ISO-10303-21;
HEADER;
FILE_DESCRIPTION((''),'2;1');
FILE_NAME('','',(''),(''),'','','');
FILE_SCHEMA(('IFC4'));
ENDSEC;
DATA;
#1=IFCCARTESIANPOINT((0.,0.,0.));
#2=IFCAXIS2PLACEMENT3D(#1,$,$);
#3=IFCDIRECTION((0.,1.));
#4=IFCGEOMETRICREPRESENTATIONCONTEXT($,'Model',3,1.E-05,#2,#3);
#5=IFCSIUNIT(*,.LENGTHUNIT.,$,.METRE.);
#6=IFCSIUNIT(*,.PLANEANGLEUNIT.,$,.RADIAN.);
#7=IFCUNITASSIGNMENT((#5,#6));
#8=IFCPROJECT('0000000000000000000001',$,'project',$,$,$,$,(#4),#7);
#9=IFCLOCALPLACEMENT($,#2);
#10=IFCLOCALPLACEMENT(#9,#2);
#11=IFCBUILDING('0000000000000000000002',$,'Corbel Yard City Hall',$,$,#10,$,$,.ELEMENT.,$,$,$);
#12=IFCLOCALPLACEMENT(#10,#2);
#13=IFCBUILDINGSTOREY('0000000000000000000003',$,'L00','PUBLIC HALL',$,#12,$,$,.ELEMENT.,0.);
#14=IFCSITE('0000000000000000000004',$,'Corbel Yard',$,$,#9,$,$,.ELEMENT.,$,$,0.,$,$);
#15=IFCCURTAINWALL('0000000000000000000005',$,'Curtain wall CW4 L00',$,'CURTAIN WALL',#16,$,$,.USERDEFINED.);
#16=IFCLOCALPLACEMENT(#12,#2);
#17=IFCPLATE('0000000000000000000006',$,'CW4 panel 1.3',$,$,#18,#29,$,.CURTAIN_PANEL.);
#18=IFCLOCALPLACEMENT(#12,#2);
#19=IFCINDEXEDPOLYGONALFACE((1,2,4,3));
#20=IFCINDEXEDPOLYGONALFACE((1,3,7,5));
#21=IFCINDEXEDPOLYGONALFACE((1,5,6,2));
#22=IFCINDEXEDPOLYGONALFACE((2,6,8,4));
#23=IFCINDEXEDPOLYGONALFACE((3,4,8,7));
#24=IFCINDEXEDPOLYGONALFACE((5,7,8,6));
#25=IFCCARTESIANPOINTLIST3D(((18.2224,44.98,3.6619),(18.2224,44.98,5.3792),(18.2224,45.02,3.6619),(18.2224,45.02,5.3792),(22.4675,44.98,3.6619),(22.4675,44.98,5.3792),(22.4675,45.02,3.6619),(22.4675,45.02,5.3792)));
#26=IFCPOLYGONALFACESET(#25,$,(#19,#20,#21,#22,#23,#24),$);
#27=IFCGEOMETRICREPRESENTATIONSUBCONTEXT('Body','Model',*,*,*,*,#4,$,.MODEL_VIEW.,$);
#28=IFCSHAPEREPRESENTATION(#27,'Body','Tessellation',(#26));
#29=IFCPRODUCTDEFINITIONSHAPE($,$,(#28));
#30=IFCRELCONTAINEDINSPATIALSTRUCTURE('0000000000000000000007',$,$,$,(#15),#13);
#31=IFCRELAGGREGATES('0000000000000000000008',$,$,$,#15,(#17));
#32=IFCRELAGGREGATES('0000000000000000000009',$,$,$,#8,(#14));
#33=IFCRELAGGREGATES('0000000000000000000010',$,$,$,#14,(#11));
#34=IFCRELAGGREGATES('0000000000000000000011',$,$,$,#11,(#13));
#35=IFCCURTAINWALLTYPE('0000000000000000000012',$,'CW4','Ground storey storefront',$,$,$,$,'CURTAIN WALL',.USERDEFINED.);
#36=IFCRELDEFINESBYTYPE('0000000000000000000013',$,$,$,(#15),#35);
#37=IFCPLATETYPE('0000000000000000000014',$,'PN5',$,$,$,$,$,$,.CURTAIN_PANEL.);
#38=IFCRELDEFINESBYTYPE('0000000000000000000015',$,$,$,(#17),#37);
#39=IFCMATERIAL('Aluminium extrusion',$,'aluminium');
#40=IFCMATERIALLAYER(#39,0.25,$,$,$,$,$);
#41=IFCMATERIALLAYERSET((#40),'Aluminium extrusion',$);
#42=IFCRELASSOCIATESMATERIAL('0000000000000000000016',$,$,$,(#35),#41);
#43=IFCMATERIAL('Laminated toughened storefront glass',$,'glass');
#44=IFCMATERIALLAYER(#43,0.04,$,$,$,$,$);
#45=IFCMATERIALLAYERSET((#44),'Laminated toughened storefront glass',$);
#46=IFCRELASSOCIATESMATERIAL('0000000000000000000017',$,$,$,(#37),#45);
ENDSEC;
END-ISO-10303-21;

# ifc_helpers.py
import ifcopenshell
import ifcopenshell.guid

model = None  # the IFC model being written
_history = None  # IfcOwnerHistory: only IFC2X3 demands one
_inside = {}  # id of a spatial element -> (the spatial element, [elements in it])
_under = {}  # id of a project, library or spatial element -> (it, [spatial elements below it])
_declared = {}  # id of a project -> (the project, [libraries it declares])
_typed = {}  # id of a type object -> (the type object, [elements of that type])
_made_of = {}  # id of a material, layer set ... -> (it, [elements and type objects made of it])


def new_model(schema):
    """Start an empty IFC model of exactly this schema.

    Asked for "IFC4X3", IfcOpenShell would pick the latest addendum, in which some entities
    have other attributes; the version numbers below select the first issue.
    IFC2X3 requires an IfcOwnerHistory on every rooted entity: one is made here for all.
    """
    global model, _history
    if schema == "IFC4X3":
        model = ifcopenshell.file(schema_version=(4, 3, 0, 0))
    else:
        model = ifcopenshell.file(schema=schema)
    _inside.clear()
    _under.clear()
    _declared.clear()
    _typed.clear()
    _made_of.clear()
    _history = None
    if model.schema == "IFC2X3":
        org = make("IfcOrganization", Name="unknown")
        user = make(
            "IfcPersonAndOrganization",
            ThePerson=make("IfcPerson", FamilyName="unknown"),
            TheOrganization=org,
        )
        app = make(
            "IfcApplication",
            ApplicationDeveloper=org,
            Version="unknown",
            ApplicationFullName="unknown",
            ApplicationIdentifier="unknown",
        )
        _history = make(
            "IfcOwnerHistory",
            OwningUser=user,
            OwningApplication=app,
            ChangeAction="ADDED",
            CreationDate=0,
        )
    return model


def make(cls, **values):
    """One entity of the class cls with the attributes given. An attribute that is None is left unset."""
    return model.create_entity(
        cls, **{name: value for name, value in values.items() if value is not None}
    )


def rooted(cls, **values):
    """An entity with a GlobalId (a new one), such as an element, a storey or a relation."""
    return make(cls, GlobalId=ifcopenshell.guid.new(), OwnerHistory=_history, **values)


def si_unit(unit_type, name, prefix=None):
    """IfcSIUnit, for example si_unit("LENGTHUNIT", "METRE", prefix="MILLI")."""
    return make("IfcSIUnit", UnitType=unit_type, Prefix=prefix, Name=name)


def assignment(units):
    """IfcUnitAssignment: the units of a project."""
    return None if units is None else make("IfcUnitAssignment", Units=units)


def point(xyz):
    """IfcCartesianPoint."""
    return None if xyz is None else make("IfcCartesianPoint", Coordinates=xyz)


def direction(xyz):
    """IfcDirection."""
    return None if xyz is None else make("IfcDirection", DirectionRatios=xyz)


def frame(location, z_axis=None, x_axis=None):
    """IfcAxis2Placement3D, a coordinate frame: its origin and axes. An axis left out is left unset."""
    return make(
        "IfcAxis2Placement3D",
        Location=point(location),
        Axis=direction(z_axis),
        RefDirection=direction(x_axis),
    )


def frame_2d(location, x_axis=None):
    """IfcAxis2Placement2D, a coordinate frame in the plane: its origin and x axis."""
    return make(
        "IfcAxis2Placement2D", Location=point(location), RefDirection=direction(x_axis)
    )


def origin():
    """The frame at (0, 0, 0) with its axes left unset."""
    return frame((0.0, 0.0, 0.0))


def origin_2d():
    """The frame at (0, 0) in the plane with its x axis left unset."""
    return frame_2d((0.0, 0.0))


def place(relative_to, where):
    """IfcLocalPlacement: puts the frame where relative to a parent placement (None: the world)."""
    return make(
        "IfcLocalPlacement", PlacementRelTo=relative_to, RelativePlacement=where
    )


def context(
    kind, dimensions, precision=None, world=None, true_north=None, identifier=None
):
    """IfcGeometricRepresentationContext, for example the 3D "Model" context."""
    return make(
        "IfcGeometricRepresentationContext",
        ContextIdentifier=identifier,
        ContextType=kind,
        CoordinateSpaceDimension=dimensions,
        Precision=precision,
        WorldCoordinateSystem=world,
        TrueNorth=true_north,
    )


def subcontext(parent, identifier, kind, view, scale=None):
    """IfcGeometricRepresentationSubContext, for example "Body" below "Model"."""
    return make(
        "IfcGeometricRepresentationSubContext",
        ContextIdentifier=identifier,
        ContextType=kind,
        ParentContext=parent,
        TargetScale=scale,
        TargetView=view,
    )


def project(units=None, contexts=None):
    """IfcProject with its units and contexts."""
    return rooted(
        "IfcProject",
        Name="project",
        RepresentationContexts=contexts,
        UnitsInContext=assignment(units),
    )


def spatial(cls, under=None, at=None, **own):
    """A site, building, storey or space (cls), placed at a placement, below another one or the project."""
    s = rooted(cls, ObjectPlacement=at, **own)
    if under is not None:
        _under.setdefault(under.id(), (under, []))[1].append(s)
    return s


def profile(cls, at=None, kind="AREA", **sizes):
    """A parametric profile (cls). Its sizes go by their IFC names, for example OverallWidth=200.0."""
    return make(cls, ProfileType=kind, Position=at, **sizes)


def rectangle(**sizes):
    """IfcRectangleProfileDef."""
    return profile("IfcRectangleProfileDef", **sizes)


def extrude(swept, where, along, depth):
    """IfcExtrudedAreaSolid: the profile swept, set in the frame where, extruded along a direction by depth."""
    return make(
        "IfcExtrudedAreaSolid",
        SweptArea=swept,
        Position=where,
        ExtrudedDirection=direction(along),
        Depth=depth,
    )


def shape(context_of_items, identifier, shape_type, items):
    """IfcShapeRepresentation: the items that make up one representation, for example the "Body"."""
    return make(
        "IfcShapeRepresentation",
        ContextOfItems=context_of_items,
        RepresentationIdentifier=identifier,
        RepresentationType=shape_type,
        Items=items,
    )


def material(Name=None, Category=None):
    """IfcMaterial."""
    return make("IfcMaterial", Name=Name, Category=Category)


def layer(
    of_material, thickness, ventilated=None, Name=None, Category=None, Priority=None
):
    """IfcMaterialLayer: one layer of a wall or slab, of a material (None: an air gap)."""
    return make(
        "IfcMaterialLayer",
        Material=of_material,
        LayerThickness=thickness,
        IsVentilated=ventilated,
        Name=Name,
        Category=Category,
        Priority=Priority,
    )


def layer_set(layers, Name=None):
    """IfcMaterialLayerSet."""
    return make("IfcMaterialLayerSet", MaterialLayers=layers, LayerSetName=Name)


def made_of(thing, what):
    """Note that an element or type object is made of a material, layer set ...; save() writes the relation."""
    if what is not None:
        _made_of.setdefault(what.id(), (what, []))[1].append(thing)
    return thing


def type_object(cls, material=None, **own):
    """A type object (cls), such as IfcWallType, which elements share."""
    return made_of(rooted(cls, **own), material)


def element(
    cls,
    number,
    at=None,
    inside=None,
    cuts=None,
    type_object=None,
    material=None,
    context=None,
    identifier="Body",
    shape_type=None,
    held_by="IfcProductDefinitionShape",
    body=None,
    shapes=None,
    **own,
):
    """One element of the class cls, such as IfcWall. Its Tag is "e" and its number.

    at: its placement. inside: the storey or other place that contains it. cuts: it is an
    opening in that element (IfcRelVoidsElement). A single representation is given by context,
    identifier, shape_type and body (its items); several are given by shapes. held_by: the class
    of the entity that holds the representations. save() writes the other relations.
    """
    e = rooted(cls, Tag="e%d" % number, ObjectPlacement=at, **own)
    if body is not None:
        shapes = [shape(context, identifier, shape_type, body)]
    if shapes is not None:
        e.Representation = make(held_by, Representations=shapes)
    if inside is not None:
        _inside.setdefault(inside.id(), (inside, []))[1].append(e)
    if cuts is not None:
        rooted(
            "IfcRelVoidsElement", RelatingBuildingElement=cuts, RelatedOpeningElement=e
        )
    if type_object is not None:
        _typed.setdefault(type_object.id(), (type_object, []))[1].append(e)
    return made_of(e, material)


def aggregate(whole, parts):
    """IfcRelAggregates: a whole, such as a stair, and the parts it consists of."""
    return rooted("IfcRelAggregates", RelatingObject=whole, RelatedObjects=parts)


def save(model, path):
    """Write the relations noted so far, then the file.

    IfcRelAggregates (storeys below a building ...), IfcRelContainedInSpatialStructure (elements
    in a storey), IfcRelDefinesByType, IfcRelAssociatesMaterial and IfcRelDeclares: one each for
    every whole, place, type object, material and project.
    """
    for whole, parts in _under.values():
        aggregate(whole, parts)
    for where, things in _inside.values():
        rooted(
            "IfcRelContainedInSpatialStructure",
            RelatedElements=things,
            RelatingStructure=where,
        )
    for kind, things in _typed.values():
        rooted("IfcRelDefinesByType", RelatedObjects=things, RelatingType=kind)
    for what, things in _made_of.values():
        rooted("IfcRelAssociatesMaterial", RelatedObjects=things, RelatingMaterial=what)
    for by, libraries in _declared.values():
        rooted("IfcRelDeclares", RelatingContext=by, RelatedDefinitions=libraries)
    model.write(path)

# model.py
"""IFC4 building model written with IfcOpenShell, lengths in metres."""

from ifc_helpers import new_model, si_unit, direction, frame, origin, origin_2d, place, context, subcontext, project, spatial, rectangle, extrude, material, layer, layer_set, type_object, element, aggregate, save


model = new_model("IFC4")

# Units and contexts
model_context = context("Model", 3, precision=1e-05, world=origin(), true_north=direction((0.0, 1.0)))
body_context = subcontext(model_context, "Body", "Model", "MODEL_VIEW")
ifc_project = project(units=[si_unit("LENGTHUNIT", "METRE"), si_unit("PLANEANGLEUNIT", "RADIAN")], contexts=[model_context])

# Site, building, storey
site_placement = place(None, origin())
site = spatial("IfcSite", under=ifc_project, at=site_placement, Name="Corbel Yard", CompositionType="ELEMENT", RefElevation=0.0)
building_placement = place(site_placement, origin())
building = spatial("IfcBuilding", under=site, at=building_placement, Name="Corbel Yard City Hall", CompositionType="ELEMENT")
storey_placement = place(building_placement, origin())
storey = spatial("IfcBuildingStorey", under=building, at=storey_placement, Name="L00", Description="PUBLIC HALL", CompositionType="ELEMENT", Elevation=0.0)

# Curtain wall, plate
ifc_material_1 = material(Name="Aluminium extrusion", Category="aluminium")
ifc_layer_1 = layer(ifc_material_1, 0.25)
ifc_layer_set_1 = layer_set([ifc_layer_1], Name="Aluminium extrusion")
curtain_wall_type = type_object("IfcCurtainWallType", Name="CW4", Description="Ground storey storefront", ElementType="CURTAIN WALL", PredefinedType="USERDEFINED", material=ifc_layer_set_1)
curtain_wall_placement = place(storey_placement, origin())
curtain_wall = element("IfcCurtainWall", 1, at=curtain_wall_placement, inside=storey, type_object=curtain_wall_type, Name="Curtain wall CW4 L00", ObjectType="CURTAIN WALL", PredefinedType="USERDEFINED")
ifc_material_2 = material(Name="Laminated toughened storefront glass", Category="glass")
ifc_layer_2 = layer(ifc_material_2, 0.04)
ifc_layer_set_2 = layer_set([ifc_layer_2], Name="Laminated toughened storefront glass")
plate_type = type_object("IfcPlateType", Name="PN5", PredefinedType="CURTAIN_PANEL", material=ifc_layer_set_2)
plate_1_placement = place(storey_placement, frame((20.345, 45.0, 3.6619), z_axis=(0.0, 0.0, 1.0), x_axis=(1.0, 0.0, 0.0)))
plate_1 = element("IfcPlate", 2, at=plate_1_placement, type_object=plate_type, Name="CW4 panel 1.3", PredefinedType="CURTAIN_PANEL", context=body_context, shape_type="SweptSolid", body=[
    extrude(rectangle(XDim=4.2451, YDim=0.04, at=origin_2d()), origin(), (0.0, 0.0, 1.0), 1.7173),
])
aggregate(curtain_wall, [plate_1])

save(model, "model.ifc")
